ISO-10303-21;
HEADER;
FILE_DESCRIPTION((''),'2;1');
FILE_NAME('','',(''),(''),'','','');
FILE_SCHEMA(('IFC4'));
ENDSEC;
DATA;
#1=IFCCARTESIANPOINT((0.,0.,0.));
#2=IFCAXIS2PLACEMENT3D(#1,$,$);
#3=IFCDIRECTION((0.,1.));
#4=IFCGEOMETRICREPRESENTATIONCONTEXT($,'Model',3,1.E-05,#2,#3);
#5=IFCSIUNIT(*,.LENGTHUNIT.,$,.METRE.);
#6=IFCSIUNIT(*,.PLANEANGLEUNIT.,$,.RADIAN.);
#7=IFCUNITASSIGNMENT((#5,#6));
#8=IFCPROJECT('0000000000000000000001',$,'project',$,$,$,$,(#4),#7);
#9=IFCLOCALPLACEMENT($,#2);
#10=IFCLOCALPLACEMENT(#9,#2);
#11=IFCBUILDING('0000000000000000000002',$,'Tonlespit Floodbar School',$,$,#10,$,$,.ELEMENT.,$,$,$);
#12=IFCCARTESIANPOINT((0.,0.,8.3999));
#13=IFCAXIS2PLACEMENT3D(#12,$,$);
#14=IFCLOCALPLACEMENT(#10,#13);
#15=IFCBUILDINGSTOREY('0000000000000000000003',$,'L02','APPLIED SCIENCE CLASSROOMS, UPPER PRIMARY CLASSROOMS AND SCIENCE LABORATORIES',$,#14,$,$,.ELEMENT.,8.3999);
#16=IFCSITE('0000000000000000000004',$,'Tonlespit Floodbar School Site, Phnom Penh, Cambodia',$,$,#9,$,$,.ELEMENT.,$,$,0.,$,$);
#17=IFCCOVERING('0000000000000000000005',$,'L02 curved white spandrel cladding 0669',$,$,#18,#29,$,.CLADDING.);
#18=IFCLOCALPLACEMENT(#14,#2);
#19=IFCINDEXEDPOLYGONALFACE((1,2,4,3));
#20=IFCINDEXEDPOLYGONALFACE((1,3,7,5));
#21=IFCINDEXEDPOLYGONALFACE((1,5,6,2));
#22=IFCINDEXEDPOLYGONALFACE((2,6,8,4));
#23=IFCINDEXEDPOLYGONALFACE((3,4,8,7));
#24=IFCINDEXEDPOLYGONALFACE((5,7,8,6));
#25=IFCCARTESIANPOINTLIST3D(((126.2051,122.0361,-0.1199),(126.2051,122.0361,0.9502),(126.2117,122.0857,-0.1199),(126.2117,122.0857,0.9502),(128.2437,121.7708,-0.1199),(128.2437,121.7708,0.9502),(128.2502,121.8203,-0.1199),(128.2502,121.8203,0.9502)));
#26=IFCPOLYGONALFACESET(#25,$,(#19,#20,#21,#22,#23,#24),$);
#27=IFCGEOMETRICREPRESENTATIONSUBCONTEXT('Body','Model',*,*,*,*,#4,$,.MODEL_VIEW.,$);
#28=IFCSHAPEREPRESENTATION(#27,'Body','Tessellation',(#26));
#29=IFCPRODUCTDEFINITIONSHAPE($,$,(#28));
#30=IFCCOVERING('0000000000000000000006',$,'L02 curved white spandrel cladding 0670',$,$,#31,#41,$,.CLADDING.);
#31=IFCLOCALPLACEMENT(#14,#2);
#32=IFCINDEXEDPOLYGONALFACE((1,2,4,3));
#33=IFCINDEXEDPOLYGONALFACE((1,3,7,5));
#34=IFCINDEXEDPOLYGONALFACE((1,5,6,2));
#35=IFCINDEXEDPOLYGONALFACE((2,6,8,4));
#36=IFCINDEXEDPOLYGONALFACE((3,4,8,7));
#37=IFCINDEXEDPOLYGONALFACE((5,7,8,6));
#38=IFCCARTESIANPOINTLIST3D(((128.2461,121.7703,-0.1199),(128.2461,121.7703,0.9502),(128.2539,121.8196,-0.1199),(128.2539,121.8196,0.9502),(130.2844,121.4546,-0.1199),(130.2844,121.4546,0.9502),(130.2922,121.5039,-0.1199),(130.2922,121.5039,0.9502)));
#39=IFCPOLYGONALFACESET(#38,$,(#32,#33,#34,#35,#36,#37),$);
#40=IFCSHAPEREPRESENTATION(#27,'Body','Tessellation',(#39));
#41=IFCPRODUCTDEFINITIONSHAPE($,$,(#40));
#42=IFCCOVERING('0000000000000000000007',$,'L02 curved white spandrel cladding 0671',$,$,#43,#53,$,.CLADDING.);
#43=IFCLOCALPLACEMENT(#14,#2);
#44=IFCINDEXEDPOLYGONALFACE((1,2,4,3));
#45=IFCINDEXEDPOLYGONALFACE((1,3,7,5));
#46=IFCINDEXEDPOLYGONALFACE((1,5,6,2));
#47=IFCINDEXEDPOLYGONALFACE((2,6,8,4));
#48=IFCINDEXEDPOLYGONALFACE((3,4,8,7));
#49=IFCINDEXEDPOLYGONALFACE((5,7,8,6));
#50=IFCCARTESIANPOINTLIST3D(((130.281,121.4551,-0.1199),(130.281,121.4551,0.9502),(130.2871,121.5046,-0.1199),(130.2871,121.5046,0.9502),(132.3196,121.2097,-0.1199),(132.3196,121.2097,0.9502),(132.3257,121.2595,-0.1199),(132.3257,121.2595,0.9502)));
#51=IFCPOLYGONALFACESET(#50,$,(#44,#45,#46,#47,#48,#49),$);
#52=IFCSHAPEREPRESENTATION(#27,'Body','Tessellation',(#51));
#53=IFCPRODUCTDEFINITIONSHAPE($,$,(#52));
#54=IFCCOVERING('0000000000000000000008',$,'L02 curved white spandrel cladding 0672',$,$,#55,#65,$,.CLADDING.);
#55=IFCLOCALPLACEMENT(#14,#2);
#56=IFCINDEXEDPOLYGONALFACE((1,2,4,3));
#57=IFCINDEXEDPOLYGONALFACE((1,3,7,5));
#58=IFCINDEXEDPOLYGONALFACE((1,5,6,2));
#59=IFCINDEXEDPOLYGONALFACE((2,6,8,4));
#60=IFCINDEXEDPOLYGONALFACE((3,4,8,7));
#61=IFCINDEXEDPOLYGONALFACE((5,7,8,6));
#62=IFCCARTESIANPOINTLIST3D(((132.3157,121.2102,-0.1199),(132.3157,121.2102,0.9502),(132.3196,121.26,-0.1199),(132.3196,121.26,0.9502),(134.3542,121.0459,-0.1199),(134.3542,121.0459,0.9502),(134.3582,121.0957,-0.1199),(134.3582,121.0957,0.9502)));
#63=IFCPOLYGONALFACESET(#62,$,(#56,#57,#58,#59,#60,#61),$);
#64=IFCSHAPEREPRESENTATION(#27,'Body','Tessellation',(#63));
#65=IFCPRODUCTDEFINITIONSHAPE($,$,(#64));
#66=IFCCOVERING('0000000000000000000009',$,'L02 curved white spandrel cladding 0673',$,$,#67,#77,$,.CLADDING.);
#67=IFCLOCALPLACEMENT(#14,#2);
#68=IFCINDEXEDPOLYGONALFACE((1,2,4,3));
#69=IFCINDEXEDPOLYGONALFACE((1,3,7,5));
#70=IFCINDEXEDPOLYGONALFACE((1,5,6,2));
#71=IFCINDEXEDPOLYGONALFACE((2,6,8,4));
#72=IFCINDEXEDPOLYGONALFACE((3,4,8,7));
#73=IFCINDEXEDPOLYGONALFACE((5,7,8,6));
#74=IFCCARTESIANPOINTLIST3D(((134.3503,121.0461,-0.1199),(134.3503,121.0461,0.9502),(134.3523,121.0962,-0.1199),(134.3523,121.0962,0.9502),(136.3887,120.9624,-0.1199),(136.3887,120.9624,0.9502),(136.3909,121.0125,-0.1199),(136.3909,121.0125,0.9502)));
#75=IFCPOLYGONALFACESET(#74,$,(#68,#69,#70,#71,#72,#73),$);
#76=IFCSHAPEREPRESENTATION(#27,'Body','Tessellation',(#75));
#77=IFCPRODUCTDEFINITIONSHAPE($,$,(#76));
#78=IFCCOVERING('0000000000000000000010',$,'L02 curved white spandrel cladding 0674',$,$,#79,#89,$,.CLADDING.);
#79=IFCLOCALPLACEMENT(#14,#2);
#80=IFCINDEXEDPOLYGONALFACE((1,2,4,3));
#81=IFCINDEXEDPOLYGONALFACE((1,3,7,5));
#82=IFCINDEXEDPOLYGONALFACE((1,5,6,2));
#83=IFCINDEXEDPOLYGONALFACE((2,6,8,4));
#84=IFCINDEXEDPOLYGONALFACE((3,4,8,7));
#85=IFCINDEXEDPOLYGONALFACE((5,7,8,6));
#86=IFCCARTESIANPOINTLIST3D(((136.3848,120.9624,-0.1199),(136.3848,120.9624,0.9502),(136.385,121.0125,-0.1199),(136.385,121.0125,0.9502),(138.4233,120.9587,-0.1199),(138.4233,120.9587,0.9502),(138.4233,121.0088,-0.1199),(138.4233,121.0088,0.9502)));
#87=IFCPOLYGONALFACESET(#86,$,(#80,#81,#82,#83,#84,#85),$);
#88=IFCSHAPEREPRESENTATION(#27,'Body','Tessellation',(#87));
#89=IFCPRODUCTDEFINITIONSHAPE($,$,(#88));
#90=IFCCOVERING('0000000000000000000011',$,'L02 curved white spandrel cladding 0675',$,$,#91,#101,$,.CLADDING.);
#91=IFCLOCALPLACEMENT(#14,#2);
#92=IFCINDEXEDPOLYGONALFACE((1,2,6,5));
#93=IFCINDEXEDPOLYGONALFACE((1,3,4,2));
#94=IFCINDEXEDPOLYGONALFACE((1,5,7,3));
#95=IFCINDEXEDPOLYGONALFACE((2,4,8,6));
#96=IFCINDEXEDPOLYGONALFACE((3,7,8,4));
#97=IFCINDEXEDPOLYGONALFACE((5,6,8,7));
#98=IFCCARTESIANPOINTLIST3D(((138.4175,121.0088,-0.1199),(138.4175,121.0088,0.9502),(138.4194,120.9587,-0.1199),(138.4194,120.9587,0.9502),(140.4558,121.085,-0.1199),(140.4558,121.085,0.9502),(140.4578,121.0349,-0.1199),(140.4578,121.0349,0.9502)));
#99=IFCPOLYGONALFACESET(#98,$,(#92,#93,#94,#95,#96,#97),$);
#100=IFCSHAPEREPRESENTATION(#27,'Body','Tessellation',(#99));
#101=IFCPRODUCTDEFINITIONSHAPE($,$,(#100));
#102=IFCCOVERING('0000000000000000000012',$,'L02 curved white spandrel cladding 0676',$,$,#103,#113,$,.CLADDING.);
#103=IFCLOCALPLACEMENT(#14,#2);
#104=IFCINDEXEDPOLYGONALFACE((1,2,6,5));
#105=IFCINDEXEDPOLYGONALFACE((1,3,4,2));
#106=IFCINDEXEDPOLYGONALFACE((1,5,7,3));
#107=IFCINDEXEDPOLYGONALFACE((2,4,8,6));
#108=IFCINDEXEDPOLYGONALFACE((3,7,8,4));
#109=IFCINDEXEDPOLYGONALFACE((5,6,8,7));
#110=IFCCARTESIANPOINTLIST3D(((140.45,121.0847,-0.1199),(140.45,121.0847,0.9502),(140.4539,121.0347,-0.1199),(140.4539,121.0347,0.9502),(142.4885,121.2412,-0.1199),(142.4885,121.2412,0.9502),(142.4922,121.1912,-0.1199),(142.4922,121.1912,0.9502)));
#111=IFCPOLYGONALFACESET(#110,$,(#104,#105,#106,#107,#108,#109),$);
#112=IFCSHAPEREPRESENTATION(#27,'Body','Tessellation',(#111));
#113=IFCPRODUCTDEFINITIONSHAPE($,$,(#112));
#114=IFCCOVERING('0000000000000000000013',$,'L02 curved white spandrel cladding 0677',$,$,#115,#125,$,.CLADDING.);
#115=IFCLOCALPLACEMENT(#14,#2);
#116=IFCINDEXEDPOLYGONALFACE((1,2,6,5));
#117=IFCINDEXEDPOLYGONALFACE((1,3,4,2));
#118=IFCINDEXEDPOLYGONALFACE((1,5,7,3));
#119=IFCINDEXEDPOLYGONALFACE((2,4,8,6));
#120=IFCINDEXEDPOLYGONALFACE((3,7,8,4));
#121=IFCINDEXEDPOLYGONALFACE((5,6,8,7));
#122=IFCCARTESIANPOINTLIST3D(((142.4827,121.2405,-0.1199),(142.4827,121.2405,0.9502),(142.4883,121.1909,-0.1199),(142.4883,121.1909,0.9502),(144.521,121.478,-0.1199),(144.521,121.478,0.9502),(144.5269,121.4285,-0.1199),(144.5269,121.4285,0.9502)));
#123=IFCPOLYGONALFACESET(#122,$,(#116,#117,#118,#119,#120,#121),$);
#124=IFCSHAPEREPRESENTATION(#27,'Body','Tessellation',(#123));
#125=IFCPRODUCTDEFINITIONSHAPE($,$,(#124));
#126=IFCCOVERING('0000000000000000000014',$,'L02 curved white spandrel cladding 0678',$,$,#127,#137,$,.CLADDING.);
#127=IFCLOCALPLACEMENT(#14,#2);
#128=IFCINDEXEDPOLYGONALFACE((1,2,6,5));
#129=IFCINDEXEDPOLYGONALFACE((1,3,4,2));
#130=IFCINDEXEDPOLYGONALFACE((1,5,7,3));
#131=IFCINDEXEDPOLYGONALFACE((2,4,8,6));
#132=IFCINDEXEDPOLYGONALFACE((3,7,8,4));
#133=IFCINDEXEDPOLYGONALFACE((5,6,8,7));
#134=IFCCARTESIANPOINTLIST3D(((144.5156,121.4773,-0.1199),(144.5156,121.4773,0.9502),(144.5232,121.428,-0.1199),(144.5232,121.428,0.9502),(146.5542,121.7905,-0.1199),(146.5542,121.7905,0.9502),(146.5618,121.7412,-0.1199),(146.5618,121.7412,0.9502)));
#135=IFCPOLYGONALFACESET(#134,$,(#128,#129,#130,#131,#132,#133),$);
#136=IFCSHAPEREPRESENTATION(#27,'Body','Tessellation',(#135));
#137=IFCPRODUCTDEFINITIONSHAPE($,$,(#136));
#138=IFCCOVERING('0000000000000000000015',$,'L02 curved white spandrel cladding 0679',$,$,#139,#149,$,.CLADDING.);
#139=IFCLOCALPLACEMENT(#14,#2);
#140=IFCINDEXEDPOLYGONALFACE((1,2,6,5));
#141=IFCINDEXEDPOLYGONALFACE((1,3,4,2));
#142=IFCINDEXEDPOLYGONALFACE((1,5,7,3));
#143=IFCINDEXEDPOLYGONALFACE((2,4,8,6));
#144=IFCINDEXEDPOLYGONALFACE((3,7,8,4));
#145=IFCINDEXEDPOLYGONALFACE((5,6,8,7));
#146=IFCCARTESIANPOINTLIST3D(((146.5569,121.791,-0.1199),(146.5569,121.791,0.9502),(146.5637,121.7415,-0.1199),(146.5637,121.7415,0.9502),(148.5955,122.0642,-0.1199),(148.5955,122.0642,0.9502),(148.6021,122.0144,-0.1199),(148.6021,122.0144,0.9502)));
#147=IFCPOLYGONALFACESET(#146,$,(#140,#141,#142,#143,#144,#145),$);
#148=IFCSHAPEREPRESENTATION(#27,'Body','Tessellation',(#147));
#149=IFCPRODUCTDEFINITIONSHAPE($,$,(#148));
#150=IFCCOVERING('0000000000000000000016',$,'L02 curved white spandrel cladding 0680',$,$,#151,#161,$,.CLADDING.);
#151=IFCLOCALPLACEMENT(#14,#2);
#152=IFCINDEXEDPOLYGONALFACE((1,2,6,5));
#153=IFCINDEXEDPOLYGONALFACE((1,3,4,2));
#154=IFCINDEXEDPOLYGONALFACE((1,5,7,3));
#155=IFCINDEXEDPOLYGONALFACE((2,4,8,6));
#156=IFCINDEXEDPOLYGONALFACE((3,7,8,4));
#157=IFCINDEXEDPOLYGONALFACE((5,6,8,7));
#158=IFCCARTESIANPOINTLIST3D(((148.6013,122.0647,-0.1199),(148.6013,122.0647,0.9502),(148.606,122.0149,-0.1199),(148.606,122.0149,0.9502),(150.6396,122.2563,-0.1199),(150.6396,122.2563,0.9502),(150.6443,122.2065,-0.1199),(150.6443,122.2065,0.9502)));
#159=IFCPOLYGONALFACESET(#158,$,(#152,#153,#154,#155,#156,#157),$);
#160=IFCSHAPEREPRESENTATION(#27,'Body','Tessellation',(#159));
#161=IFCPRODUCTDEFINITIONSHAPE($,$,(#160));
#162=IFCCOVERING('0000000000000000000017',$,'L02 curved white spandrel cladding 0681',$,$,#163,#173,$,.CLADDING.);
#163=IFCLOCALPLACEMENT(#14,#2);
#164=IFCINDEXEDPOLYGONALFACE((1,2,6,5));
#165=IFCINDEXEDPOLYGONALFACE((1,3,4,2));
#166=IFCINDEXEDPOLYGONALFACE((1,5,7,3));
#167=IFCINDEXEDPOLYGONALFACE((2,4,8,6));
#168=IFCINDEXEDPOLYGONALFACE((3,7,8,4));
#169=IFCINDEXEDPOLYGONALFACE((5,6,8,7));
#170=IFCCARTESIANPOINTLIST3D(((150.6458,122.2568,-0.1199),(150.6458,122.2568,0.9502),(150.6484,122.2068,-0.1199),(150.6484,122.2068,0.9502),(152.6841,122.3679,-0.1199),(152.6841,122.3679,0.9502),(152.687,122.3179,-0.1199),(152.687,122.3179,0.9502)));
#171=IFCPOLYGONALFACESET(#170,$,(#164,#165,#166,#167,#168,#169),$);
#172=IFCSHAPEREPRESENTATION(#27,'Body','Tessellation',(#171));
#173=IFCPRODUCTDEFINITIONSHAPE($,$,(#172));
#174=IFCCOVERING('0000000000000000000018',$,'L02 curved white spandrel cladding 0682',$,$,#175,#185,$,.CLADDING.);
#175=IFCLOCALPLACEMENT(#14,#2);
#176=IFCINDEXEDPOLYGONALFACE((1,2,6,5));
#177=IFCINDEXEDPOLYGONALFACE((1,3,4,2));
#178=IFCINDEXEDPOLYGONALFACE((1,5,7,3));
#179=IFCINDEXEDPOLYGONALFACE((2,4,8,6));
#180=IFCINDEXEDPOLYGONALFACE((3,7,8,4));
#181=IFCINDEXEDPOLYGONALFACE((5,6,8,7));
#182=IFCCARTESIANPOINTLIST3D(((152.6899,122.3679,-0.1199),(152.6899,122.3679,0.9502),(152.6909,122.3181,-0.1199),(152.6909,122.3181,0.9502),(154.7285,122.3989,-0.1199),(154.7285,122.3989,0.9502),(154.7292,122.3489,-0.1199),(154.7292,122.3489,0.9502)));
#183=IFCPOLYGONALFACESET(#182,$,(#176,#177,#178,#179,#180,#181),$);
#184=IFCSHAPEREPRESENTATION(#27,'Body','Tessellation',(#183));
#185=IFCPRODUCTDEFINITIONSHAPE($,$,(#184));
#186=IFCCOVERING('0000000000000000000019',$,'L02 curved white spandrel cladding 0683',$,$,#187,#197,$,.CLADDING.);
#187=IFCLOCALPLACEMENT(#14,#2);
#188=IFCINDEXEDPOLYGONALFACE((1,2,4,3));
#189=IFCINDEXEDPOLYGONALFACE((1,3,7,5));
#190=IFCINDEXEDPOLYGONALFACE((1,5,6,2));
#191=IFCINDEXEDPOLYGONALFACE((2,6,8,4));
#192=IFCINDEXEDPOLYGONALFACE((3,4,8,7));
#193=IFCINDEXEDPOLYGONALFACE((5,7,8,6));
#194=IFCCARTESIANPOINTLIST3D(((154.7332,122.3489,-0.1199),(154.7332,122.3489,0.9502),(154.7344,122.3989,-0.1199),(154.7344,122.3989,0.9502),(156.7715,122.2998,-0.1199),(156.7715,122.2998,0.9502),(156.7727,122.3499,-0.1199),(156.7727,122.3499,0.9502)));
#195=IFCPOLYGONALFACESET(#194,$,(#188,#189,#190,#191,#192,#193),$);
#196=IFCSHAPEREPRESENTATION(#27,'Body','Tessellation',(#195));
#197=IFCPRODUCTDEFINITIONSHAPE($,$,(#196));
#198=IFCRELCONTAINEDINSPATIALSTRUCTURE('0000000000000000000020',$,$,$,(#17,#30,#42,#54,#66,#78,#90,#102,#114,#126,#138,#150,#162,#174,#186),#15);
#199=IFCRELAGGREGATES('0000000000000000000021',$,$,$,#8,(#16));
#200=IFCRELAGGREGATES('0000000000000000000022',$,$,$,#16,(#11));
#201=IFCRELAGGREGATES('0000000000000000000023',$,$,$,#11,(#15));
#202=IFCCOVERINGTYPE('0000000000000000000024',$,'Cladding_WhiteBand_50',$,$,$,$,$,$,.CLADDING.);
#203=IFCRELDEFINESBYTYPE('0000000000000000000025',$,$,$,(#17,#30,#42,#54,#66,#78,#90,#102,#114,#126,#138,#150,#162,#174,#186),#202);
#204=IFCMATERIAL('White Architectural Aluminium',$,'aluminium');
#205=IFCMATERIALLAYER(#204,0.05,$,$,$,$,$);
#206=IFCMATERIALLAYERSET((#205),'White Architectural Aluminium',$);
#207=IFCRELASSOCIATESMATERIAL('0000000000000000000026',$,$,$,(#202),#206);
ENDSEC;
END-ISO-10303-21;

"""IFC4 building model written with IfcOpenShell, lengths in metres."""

from ifc_helpers import new_model, si_unit, direction, frame, origin, place, context, subcontext, project, spatial, polyline, outline, extrude, material, layer, layer_set, type_object, element, save


model = new_model("IFC4")

# Units and contexts
model_context = context("Model", 3, precision=1e-05, world=origin(), true_north=direction((0.0, 1.0)))
body_context = subcontext(model_context, "Body", "Model", "MODEL_VIEW")
ifc_project = project(units=[si_unit("LENGTHUNIT", "METRE"), si_unit("PLANEANGLEUNIT", "RADIAN")], contexts=[model_context])

# Site, building, storey
site_placement = place(None, origin())
site = spatial("IfcSite", under=ifc_project, at=site_placement, Name="Tonlespit Floodbar School Site, Phnom Penh, Cambodia", CompositionType="ELEMENT", RefElevation=0.0)
building_placement = place(site_placement, origin())
building = spatial("IfcBuilding", under=site, at=building_placement, Name="Tonlespit Floodbar School", CompositionType="ELEMENT")
storey_placement = place(building_placement, frame((0.0, 0.0, 8.3999)))
storey = spatial("IfcBuildingStorey", under=building, at=storey_placement, Name="L02", Description="APPLIED SCIENCE CLASSROOMS, UPPER PRIMARY CLASSROOMS AND SCIENCE LABORATORIES", CompositionType="ELEMENT", Elevation=8.3999)

# Coverings
ifc_material = material(Name="White Architectural Aluminium", Category="aluminium")
ifc_layer = layer(ifc_material, 0.05)
ifc_layer_set = layer_set([ifc_layer], Name="White Architectural Aluminium")
covering_type = type_object("IfcCoveringType", Name="Cladding_WhiteBand_50", PredefinedType="CLADDING", material=ifc_layer_set)
covering_1_placement = place(storey_placement, frame((0.0, 0.0, -0.1199)))
element("IfcCovering", 1, at=covering_1_placement, inside=storey, type_object=covering_type, Name="L02 curved white spandrel cladding 0669", PredefinedType="CLADDING", context=body_context, shape_type="SweptSolid", body=[
    extrude(outline(polyline([(126.2051, 122.0361), (128.2437, 121.7708), (128.2502, 121.8203), (126.2117, 122.0857), (126.2051, 122.0361)])), origin(), (0.0, 0.0, 1.0), 1.0701),
])
covering_2_placement = place(storey_placement, frame((0.0, 0.0, -0.1199)))
element("IfcCovering", 2, at=covering_2_placement, inside=storey, type_object=covering_type, Name="L02 curved white spandrel cladding 0670", PredefinedType="CLADDING", context=body_context, shape_type="SweptSolid", body=[
    extrude(outline(polyline([(128.2461, 121.7703), (130.2844, 121.4546), (130.2922, 121.5039), (128.2539, 121.8196), (128.2461, 121.7703)])), origin(), (0.0, 0.0, 1.0), 1.0701),
])
covering_3_placement = place(storey_placement, frame((0.0, 0.0, -0.1199)))
element("IfcCovering", 3, at=covering_3_placement, inside=storey, type_object=covering_type, Name="L02 curved white spandrel cladding 0671", PredefinedType="CLADDING", context=body_context, shape_type="SweptSolid", body=[
    extrude(outline(polyline([(130.281, 121.4551), (132.3196, 121.2097), (132.3257, 121.2595), (130.2871, 121.5046), (130.281, 121.4551)])), origin(), (0.0, 0.0, 1.0), 1.0701),
])
covering_4_placement = place(storey_placement, frame((0.0, 0.0, -0.1199)))
element("IfcCovering", 4, at=covering_4_placement, inside=storey, type_object=covering_type, Name="L02 curved white spandrel cladding 0672", PredefinedType="CLADDING", context=body_context, shape_type="SweptSolid", body=[
    extrude(outline(polyline([(132.3157, 121.2102), (134.3542, 121.0459), (134.3582, 121.0957), (132.3196, 121.26), (132.3157, 121.2102)])), origin(), (0.0, 0.0, 1.0), 1.0701),
])
covering_5_placement = place(storey_placement, frame((0.0, 0.0, -0.1199)))
element("IfcCovering", 5, at=covering_5_placement, inside=storey, type_object=covering_type, Name="L02 curved white spandrel cladding 0673", PredefinedType="CLADDING", context=body_context, shape_type="SweptSolid", body=[
    extrude(outline(polyline([(134.3503, 121.0461), (136.3887, 120.9624), (136.3909, 121.0125), (134.3523, 121.0962), (134.3503, 121.0461)])), origin(), (0.0, 0.0, 1.0), 1.0701),
])
covering_6_placement = place(storey_placement, frame((0.0, 0.0, -0.1199)))
element("IfcCovering", 6, at=covering_6_placement, inside=storey, type_object=covering_type, Name="L02 curved white spandrel cladding 0674", PredefinedType="CLADDING", context=body_context, shape_type="SweptSolid", body=[
    extrude(outline(polyline([(136.3848, 120.9624), (138.4233, 120.9587), (138.4233, 121.0088), (136.385, 121.0125), (136.3848, 120.9624)])), origin(), (0.0, 0.0, 1.0), 1.0701),
])
covering_7_placement = place(storey_placement, frame((0.0, 0.0, -0.1199)))
element("IfcCovering", 7, at=covering_7_placement, inside=storey, type_object=covering_type, Name="L02 curved white spandrel cladding 0675", PredefinedType="CLADDING", context=body_context, shape_type="SweptSolid", body=[
    extrude(outline(polyline([(138.4194, 120.9587), (140.4578, 121.0349), (140.4558, 121.085), (138.4175, 121.0088), (138.4194, 120.9587)])), origin(), (0.0, 0.0, 1.0), 1.0701),
])
covering_8_placement = place(storey_placement, frame((0.0, 0.0, -0.1199)))
element("IfcCovering", 8, at=covering_8_placement, inside=storey, type_object=covering_type, Name="L02 curved white spandrel cladding 0676", PredefinedType="CLADDING", context=body_context, shape_type="SweptSolid", body=[
    extrude(outline(polyline([(140.4539, 121.0347), (142.4922, 121.1912), (142.4885, 121.2412), (140.45, 121.0847), (140.4539, 121.0347)])), origin(), (0.0, 0.0, 1.0), 1.0701),
])
covering_9_placement = place(storey_placement, frame((0.0, 0.0, -0.1199)))
element("IfcCovering", 9, at=covering_9_placement, inside=storey, type_object=covering_type, Name="L02 curved white spandrel cladding 0677", PredefinedType="CLADDING", context=body_context, shape_type="SweptSolid", body=[
    extrude(outline(polyline([(142.4883, 121.1909), (144.5269, 121.4285), (144.521, 121.478), (142.4827, 121.2405), (142.4883, 121.1909)])), origin(), (0.0, 0.0, 1.0), 1.0701),
])
covering_10_placement = place(storey_placement, frame((0.0, 0.0, -0.1199)))
element("IfcCovering", 10, at=covering_10_placement, inside=storey, type_object=covering_type, Name="L02 curved white spandrel cladding 0678", PredefinedType="CLADDING", context=body_context, shape_type="SweptSolid", body=[
    extrude(outline(polyline([(144.5232, 121.428), (146.5618, 121.7412), (146.5542, 121.7905), (144.5156, 121.4773), (144.5232, 121.428)])), origin(), (0.0, 0.0, 1.0), 1.0701),
])
covering_11_placement = place(storey_placement, frame((0.0, 0.0, -0.1199)))
element("IfcCovering", 11, at=covering_11_placement, inside=storey, type_object=covering_type, Name="L02 curved white spandrel cladding 0679", PredefinedType="CLADDING", context=body_context, shape_type="SweptSolid", body=[
    extrude(outline(polyline([(146.5637, 121.7415), (148.6021, 122.0144), (148.5955, 122.0642), (146.5569, 121.791), (146.5637, 121.7415)])), origin(), (0.0, 0.0, 1.0), 1.0701),
])
covering_12_placement = place(storey_placement, frame((0.0, 0.0, -0.1199)))
element("IfcCovering", 12, at=covering_12_placement, inside=storey, type_object=covering_type, Name="L02 curved white spandrel cladding 0680", PredefinedType="CLADDING", context=body_context, shape_type="SweptSolid", body=[
    extrude(outline(polyline([(148.606, 122.0149), (150.6443, 122.2065), (150.6396, 122.2563), (148.6013, 122.0647), (148.606, 122.0149)])), origin(), (0.0, 0.0, 1.0), 1.0701),
])
covering_13_placement = place(storey_placement, frame((0.0, 0.0, -0.1199)))
element("IfcCovering", 13, at=covering_13_placement, inside=storey, type_object=covering_type, Name="L02 curved white spandrel cladding 0681", PredefinedType="CLADDING", context=body_context, shape_type="SweptSolid", body=[
    extrude(outline(polyline([(150.6484, 122.2068), (152.687, 122.3179), (152.6841, 122.3679), (150.6458, 122.2568), (150.6484, 122.2068)])), origin(), (0.0, 0.0, 1.0), 1.0701),
])
covering_14_placement = place(storey_placement, frame((0.0, 0.0, -0.1199)))
element("IfcCovering", 14, at=covering_14_placement, inside=storey, type_object=covering_type, Name="L02 curved white spandrel cladding 0682", PredefinedType="CLADDING", context=body_context, shape_type="SweptSolid", body=[
    extrude(outline(polyline([(152.6909, 122.3181), (154.7292, 122.3489), (154.7285, 122.3989), (152.6899, 122.3679), (152.6909, 122.3181)])), origin(), (0.0, 0.0, 1.0), 1.0701),
])
covering_15_placement = place(storey_placement, frame((0.0, 0.0, -0.1199)))
element("IfcCovering", 15, at=covering_15_placement, inside=storey, type_object=covering_type, Name="L02 curved white spandrel cladding 0683", PredefinedType="CLADDING", context=body_context, shape_type="SweptSolid", body=[
    extrude(outline(polyline([(154.7332, 122.3489), (156.7715, 122.2998), (156.7727, 122.3499), (154.7344, 122.3989), (154.7332, 122.3489)])), origin(), (0.0, 0.0, 1.0), 1.0701),
])

save(model, "model.ifc")
